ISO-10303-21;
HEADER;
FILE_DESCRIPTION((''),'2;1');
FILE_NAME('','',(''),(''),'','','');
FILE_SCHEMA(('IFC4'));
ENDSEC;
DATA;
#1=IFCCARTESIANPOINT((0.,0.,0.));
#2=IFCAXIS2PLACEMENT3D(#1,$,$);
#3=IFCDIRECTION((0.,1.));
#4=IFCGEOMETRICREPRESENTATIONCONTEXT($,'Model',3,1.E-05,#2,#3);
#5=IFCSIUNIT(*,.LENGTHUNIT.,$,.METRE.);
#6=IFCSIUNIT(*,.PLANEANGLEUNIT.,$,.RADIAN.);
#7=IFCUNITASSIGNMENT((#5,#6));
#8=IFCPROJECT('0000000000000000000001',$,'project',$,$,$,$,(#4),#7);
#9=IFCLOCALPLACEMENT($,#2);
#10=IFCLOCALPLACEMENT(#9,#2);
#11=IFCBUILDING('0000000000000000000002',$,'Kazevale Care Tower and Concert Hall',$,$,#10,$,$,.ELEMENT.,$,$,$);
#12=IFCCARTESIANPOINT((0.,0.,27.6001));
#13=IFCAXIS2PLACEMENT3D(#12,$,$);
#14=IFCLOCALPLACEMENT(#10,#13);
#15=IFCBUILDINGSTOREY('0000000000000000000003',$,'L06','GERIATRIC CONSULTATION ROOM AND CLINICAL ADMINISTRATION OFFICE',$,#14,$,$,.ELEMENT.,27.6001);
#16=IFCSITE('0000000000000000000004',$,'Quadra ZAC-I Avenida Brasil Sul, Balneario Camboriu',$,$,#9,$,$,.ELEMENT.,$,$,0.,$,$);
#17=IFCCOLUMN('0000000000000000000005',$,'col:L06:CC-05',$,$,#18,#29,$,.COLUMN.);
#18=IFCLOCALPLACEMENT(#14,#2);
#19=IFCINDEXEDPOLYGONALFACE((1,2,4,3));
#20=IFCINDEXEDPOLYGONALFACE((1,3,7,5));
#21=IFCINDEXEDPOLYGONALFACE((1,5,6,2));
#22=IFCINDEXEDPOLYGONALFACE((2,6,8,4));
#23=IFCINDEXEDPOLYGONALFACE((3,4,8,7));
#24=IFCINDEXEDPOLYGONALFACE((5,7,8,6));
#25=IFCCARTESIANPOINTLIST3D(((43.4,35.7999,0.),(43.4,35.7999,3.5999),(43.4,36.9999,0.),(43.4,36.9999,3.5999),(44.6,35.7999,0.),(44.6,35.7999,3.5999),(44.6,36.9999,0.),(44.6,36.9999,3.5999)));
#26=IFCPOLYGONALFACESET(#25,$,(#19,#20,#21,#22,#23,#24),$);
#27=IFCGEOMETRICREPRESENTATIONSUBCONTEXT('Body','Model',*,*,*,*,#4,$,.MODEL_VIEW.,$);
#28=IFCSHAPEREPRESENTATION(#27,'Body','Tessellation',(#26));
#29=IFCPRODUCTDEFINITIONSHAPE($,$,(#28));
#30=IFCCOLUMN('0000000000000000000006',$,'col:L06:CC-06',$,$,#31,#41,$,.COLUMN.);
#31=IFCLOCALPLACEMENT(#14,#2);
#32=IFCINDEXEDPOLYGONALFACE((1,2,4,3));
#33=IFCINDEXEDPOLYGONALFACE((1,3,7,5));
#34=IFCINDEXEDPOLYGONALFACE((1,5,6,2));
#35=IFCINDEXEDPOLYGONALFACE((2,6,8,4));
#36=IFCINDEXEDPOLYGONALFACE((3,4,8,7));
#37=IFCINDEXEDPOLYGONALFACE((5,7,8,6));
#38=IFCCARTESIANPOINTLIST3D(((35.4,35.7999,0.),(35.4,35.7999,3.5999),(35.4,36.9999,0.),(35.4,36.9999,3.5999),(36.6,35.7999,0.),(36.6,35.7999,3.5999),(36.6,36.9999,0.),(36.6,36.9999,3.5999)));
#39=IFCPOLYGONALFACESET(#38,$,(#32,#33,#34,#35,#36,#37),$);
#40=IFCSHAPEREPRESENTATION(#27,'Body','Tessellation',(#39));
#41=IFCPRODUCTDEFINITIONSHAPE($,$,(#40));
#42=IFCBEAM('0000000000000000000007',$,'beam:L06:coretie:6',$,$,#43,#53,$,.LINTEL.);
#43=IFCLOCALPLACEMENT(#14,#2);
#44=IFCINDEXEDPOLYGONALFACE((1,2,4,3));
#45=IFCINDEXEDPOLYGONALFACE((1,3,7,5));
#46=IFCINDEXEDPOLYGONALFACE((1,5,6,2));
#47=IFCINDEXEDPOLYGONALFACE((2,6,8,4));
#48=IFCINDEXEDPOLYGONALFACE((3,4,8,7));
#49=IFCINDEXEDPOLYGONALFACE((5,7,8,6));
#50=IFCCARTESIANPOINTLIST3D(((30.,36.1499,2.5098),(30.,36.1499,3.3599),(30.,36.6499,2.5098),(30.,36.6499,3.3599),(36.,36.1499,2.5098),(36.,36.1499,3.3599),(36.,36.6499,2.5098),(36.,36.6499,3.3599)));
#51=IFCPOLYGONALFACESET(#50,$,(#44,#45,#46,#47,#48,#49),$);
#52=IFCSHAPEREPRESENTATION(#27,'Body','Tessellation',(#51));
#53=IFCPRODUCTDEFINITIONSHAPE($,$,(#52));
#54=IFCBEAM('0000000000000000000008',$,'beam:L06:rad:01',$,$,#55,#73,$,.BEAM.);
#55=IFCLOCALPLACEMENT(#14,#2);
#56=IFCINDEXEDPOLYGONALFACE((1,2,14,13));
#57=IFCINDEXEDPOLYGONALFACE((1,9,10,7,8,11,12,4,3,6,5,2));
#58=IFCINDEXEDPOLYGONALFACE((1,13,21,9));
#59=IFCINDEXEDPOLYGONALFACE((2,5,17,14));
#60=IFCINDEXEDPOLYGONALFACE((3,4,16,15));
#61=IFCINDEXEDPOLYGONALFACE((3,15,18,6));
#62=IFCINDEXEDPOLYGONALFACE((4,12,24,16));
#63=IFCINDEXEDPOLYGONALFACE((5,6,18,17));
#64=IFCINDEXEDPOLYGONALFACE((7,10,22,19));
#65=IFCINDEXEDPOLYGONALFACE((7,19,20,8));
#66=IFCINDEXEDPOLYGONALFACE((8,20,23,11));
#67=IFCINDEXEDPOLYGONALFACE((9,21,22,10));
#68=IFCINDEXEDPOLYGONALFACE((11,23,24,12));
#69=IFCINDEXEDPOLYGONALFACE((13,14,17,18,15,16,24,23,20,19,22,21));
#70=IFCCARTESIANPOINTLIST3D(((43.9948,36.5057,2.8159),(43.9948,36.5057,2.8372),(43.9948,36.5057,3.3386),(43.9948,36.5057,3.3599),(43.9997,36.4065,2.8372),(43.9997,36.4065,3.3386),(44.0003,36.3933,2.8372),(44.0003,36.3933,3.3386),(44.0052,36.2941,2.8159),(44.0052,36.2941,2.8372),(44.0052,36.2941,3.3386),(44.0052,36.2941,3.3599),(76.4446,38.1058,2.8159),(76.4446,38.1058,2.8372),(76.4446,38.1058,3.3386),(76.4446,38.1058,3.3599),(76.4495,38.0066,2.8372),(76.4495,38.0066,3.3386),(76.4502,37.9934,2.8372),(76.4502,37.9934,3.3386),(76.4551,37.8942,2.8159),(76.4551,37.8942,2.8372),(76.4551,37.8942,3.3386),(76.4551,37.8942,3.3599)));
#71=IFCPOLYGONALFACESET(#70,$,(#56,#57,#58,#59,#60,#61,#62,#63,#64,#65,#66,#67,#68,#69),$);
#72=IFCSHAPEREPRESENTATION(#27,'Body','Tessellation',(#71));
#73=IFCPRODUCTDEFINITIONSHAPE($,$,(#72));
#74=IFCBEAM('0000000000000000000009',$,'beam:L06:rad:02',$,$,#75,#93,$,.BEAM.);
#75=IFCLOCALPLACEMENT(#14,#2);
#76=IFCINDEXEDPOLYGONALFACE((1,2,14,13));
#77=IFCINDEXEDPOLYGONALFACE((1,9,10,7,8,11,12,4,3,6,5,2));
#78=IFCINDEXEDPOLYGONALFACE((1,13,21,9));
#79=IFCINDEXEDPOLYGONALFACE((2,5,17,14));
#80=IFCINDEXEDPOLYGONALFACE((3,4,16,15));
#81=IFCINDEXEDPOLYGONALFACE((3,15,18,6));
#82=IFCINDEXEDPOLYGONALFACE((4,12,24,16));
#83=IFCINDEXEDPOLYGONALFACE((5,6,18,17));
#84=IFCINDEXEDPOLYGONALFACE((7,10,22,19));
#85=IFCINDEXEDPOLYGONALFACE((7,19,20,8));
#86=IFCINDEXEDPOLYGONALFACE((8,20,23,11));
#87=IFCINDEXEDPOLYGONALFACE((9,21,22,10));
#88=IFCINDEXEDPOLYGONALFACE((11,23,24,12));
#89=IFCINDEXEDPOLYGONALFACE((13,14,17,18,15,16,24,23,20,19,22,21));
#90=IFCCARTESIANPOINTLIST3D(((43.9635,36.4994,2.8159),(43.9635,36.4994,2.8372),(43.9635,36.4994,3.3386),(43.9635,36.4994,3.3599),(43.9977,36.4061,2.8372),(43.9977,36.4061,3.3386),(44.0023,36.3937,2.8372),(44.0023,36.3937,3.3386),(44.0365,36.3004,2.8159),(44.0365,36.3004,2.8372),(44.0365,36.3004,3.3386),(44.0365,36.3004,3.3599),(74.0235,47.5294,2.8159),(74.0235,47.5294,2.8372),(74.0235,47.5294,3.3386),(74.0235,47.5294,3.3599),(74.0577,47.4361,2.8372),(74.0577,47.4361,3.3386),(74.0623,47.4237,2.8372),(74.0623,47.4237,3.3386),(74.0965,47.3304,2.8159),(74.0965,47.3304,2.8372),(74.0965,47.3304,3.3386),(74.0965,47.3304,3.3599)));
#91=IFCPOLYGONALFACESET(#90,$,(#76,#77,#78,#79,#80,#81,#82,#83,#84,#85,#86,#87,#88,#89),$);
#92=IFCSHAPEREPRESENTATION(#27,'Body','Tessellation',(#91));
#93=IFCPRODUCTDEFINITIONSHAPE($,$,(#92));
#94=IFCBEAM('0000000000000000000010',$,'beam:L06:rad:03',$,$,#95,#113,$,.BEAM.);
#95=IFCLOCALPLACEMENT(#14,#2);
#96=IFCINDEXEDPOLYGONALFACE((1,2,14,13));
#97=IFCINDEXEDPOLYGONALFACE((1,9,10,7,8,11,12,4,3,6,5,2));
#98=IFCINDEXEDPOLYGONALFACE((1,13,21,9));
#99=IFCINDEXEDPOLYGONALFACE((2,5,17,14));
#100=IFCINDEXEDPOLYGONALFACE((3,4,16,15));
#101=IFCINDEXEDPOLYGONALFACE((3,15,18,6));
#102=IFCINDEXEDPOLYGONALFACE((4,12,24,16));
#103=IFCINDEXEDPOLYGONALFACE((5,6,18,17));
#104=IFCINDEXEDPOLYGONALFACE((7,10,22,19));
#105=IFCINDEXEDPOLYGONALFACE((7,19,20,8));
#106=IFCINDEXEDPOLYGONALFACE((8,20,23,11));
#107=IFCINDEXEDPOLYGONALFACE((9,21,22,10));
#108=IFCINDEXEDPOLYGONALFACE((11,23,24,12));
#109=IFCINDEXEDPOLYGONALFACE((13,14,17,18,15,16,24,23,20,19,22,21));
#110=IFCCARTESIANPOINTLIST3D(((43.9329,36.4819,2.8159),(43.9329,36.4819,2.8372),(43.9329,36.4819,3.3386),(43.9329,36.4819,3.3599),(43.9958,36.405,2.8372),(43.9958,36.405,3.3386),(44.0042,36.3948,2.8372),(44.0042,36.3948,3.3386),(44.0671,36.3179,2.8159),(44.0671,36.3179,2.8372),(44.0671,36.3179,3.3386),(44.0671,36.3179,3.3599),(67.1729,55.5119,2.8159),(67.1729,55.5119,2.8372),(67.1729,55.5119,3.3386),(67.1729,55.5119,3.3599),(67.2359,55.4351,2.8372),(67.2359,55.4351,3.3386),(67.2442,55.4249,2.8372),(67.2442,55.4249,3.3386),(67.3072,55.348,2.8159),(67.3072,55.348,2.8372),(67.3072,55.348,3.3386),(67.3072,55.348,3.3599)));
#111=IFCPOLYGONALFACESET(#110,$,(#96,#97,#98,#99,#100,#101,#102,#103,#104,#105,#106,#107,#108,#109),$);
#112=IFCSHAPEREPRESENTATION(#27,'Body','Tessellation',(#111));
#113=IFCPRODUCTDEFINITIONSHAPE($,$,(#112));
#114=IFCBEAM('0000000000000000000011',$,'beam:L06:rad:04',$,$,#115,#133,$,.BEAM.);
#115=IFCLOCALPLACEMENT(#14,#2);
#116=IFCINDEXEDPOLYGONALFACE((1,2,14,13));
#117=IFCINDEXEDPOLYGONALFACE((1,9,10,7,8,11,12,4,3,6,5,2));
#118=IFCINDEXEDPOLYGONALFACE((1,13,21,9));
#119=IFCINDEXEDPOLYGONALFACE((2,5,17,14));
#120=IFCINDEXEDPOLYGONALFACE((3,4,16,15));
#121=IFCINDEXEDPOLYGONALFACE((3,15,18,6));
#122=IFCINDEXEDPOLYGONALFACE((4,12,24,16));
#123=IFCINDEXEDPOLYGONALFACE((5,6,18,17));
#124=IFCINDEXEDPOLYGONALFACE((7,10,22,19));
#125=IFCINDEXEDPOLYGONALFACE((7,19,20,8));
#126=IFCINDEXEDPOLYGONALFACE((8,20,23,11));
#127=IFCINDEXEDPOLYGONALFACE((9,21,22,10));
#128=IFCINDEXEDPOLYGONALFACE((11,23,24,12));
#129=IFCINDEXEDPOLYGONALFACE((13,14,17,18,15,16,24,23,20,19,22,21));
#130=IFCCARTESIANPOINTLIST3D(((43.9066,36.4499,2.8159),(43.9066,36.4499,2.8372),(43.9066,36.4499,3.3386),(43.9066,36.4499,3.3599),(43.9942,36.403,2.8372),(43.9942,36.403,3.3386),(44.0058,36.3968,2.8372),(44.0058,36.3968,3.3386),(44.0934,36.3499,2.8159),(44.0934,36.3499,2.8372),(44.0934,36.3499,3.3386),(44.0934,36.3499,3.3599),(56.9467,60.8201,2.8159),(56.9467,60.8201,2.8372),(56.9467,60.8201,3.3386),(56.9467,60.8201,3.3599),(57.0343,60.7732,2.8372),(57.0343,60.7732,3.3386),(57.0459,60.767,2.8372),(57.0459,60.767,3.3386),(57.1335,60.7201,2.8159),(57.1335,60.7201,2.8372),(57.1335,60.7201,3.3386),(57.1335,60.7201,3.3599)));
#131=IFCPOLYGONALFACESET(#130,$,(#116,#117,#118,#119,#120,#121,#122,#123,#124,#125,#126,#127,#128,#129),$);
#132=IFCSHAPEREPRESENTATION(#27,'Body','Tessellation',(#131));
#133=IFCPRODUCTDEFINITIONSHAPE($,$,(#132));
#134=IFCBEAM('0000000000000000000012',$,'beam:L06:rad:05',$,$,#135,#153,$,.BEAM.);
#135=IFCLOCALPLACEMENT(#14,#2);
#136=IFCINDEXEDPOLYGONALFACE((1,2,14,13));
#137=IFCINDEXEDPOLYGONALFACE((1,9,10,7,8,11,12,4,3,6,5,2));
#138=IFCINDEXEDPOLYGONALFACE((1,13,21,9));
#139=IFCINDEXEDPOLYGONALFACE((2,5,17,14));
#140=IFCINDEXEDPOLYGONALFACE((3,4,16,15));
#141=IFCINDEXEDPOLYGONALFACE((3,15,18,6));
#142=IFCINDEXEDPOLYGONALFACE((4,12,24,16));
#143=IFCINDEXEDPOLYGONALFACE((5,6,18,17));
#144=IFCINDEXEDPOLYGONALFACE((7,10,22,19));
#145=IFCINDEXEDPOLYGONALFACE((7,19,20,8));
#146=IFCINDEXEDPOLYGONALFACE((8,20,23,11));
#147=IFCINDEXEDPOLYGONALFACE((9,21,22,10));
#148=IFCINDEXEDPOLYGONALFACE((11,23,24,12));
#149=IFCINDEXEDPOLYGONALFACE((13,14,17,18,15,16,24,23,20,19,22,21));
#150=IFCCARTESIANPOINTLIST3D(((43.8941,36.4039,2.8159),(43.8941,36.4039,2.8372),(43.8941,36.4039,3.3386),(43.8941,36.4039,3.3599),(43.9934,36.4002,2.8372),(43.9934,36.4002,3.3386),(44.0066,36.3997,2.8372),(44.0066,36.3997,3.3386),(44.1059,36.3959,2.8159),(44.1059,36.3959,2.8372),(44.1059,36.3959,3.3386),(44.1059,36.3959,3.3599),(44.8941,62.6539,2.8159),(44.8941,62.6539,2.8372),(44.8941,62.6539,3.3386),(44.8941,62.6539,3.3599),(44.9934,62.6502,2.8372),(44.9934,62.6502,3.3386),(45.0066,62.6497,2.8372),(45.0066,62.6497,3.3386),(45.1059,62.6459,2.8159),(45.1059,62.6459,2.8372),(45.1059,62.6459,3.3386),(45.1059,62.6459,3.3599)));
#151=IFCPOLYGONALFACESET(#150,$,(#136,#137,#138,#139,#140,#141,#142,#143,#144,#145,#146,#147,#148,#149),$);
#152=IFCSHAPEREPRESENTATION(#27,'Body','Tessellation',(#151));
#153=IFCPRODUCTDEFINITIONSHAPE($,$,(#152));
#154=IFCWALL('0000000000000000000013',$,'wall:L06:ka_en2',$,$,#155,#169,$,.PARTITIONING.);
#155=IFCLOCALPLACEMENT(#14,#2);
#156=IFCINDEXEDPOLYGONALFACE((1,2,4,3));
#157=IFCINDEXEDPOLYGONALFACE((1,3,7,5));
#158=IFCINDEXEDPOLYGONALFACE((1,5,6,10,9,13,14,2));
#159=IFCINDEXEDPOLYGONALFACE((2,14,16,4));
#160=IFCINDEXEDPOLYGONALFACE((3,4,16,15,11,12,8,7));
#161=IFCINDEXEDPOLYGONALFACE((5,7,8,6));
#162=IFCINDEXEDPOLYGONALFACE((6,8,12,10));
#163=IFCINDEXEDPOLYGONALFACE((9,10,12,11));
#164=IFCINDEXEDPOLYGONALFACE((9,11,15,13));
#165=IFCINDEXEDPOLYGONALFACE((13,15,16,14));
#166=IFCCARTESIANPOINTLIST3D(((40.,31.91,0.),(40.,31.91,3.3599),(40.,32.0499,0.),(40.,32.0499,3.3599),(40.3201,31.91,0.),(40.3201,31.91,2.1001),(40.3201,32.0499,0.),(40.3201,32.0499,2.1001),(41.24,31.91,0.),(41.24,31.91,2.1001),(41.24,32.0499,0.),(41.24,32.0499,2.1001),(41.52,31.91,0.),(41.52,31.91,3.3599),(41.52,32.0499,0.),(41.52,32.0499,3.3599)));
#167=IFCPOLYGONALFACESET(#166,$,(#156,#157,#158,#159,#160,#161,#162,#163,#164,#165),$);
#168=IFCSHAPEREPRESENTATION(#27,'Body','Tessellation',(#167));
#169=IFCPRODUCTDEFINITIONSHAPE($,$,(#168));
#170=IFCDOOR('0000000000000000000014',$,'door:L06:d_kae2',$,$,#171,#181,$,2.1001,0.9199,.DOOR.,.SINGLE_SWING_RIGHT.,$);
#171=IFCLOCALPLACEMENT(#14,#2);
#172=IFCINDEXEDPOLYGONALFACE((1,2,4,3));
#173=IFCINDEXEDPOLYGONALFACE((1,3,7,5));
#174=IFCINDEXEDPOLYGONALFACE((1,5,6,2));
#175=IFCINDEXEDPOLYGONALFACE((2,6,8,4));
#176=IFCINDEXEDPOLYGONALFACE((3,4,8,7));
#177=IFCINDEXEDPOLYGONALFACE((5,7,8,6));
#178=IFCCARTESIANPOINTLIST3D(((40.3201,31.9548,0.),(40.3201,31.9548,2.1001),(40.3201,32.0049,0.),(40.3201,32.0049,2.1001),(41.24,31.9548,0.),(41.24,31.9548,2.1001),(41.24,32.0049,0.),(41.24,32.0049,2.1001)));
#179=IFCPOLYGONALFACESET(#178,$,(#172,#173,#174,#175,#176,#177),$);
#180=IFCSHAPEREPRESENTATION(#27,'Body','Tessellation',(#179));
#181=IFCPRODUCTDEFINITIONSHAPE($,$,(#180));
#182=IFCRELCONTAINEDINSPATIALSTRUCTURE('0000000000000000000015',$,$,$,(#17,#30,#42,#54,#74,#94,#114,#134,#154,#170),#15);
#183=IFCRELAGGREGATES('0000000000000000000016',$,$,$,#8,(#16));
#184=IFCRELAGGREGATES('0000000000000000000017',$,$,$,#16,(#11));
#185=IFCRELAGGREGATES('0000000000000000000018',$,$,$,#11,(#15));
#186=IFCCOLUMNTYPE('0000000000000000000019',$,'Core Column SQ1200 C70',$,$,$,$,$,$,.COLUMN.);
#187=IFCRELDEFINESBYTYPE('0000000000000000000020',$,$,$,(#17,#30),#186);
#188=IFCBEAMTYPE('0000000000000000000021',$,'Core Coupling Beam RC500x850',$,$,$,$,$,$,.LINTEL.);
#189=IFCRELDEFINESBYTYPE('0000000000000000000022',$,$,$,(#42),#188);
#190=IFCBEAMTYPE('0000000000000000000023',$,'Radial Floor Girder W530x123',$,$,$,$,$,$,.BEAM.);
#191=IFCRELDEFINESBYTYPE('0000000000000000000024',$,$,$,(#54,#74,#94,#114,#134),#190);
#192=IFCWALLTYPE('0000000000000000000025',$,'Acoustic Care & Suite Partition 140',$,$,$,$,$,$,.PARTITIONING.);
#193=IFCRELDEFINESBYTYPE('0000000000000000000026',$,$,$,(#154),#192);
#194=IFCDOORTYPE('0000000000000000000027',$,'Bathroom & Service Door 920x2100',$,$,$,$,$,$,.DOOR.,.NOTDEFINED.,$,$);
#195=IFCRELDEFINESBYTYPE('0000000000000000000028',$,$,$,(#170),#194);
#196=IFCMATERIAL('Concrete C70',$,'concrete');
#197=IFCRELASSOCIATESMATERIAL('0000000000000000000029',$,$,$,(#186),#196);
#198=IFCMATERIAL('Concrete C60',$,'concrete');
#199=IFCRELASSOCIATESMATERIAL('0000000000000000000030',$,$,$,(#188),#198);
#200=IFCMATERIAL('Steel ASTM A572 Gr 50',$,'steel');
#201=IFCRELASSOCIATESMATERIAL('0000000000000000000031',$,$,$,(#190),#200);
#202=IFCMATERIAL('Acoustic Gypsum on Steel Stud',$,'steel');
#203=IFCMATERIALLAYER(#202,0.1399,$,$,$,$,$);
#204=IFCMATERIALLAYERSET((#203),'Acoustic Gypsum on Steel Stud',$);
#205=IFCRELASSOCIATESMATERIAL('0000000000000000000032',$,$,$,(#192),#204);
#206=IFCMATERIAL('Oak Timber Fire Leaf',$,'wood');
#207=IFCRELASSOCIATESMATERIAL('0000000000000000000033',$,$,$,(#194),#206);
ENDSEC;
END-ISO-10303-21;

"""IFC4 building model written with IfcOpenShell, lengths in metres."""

from ifc_helpers import new_model, si_unit, direction, frame, frame_2d, origin, origin_2d, place, context, subcontext, project, spatial, rectangle, i_section, extrude, material, layer, layer_set, material_profile, profile_set, type_object, element, fill, save


model = new_model("IFC4")

# Units and contexts
model_context = context("Model", 3, precision=1e-05, world=origin(), true_north=direction((0.0, 1.0)))
body_context = subcontext(model_context, "Body", "Model", "MODEL_VIEW")
ifc_project = project(units=[si_unit("LENGTHUNIT", "METRE"), si_unit("PLANEANGLEUNIT", "RADIAN")], contexts=[model_context])

# Site, building, storey
site_placement = place(None, origin())
site = spatial("IfcSite", under=ifc_project, at=site_placement, Name="Quadra ZAC-I Avenida Brasil Sul, Balneario Camboriu", CompositionType="ELEMENT", RefElevation=0.0)
building_placement = place(site_placement, origin())
building = spatial("IfcBuilding", under=site, at=building_placement, Name="Kazevale Care Tower and Concert Hall", CompositionType="ELEMENT")
storey_placement = place(building_placement, frame((0.0, 0.0, 27.6001)))
storey = spatial("IfcBuildingStorey", under=building, at=storey_placement, Name="L06", Description="GERIATRIC CONSULTATION ROOM AND CLINICAL ADMINISTRATION OFFICE", CompositionType="ELEMENT", Elevation=27.6001)

# Columns
ifc_material_1 = material(Name="Concrete C70", Category="concrete")
ifc_material_profile_1 = material_profile(ifc_material_1, rectangle(XDim=1.2, YDim=1.2, at=origin_2d()), Name="RC-SQ1200")
ifc_profile_set_1 = profile_set([ifc_material_profile_1], Name="Concrete C70")
column_type = type_object("IfcColumnType", Name="Core Column SQ1200 C70", PredefinedType="COLUMN", material=ifc_profile_set_1)
for number, where, z_axis, x_axis, name in (
    (1, (44.0, 36.3999, 0.0), (0.0, 0.0, 1.0), (1.0, 0.0, 0.0), "col:L06:CC-05"),
    (2, (36.0, 36.3999, 0.0), (0.0, 0.0, 1.0), (1.0, 0.0, 0.0), "col:L06:CC-06"),
):
    element("IfcColumn", number, at=place(storey_placement, frame(where, z_axis=z_axis, x_axis=x_axis)), inside=storey, type_object=column_type, Name=name, PredefinedType="COLUMN", context=body_context, shape_type="SweptSolid", body=[
        extrude(rectangle(XDim=1.2, YDim=1.2, at=origin_2d()), origin(), (0.0, 0.0, 1.0), 3.5999),
    ])

# Beams
ifc_material_2 = material(Name="Concrete C60", Category="concrete")
ifc_material_profile_2 = material_profile(ifc_material_2, rectangle(XDim=0.5, YDim=0.8501, at=origin_2d()), Name="RC-B500x850")
ifc_profile_set_2 = profile_set([ifc_material_profile_2], Name="Concrete C60")
beam_type_1 = type_object("IfcBeamType", Name="Core Coupling Beam RC500x850", PredefinedType="LINTEL", material=ifc_profile_set_2)
beam_1_placement = place(storey_placement, frame((36.0, 36.3999, 2.9348), z_axis=(-1.0, 0.0, 0.0), x_axis=(0.0, -1.0, 0.0)))
element("IfcBeam", 3, at=beam_1_placement, inside=storey, type_object=beam_type_1, Name="beam:L06:coretie:6", PredefinedType="LINTEL", context=body_context, shape_type="SweptSolid", body=[
    extrude(rectangle(XDim=0.5, YDim=0.8501, at=origin_2d()), origin(), (0.0, 0.0, 1.0), 6.0),
])
ifc_material_3 = material(Name="Steel ASTM A572 Gr 50", Category="steel")
ifc_material_profile_3 = material_profile(ifc_material_3, i_section(OverallWidth=0.2119, OverallDepth=0.5439, WebThickness=0.0132, FlangeThickness=0.0212, at=origin_2d()), Name="W530x123")
ifc_profile_set_3 = profile_set([ifc_material_profile_3], Name="Steel ASTM A572 Gr 50")
beam_type_2 = type_object("IfcBeamType", Name="Radial Floor Girder W530x123", PredefinedType="BEAM", material=ifc_profile_set_3)
beam_2_placement = place(storey_placement, frame((44.0, 36.3999, 3.0879), z_axis=(0.998786, 0.04925, 0.0), x_axis=(-0.04925, 0.998786, 0.0)))
element("IfcBeam", 4, at=beam_2_placement, inside=storey, type_object=beam_type_2, Name="beam:L06:rad:01", PredefinedType="BEAM", context=body_context, shape_type="SweptSolid", body=[
    extrude(i_section(OverallWidth=0.2119, OverallDepth=0.5439, WebThickness=0.0132, FlangeThickness=0.0212, at=origin_2d()), origin(), (0.0, 0.0, 1.0), 32.4893),
])
beam_3_placement = place(storey_placement, frame((44.0, 36.3999, 3.0879), z_axis=(0.938795, 0.344475, 0.0), x_axis=(-0.344475, 0.938795, 0.0)))
element("IfcBeam", 5, at=beam_3_placement, inside=storey, type_object=beam_type_2, Name="beam:L06:rad:02", PredefinedType="BEAM", context=body_context, shape_type="SweptSolid", body=[
    extrude(i_section(OverallWidth=0.2119, OverallDepth=0.5439, WebThickness=0.0132, FlangeThickness=0.0212, at=origin_2d()), origin(), (0.0, 0.0, 1.0), 32.0198),
])
beam_4_placement = place(storey_placement, frame((44.0, 36.3999, 3.0879), z_axis=(0.773704, 0.633547, 0.0), x_axis=(-0.633547, 0.773704, 0.0)))
element("IfcBeam", 6, at=beam_4_placement, inside=storey, type_object=beam_type_2, Name="beam:L06:rad:03", PredefinedType="BEAM", context=body_context, shape_type="SweptSolid", body=[
    extrude(i_section(OverallWidth=0.2119, OverallDepth=0.5439, WebThickness=0.0132, FlangeThickness=0.0212, at=origin_2d()), origin(), (0.0, 0.0, 1.0), 30.0374),
])
beam_5_placement = place(storey_placement, frame((44.0, 36.3999, 3.0879), z_axis=(0.471789, 0.881712, 0.0), x_axis=(-0.881712, 0.471789, 0.0)))
element("IfcBeam", 7, at=beam_5_placement, inside=storey, type_object=beam_type_2, Name="beam:L06:rad:04", PredefinedType="BEAM", context=body_context, shape_type="SweptSolid", body=[
    extrude(i_section(OverallWidth=0.2119, OverallDepth=0.5439, WebThickness=0.0132, FlangeThickness=0.0212, at=origin_2d()), origin(), (0.0, 0.0, 1.0), 27.6396),
])
beam_6_placement = place(storey_placement, frame((44.0, 36.3999, 3.0879), z_axis=(0.038068, 0.999275, 0.0), x_axis=(-0.999275, 0.038068, 0.0)))
element("IfcBeam", 8, at=beam_6_placement, inside=storey, type_object=beam_type_2, Name="beam:L06:rad:05", PredefinedType="BEAM", context=body_context, shape_type="SweptSolid", body=[
    extrude(i_section(OverallWidth=0.2119, OverallDepth=0.5439, WebThickness=0.0132, FlangeThickness=0.0212, at=origin_2d()), origin(), (0.0, 0.0, 1.0), 26.269),
])

# Wall, opening, door
ifc_material_4 = material(Name="Acoustic Gypsum on Steel Stud", Category="steel")
ifc_layer_1 = layer(ifc_material_4, 0.1399)
ifc_layer_set_1 = layer_set([ifc_layer_1], Name="Acoustic Gypsum on Steel Stud")
wall_type_1 = type_object("IfcWallType", Name="Acoustic Care & Suite Partition 140", PredefinedType="PARTITIONING", material=ifc_layer_set_1)
wall_1_placement = place(storey_placement, frame((40.0, 31.98, 0.0), z_axis=(0.0, 0.0, 1.0), x_axis=(1.0, 0.0, 0.0)))
wall_1 = element("IfcWall", 9, at=wall_1_placement, inside=storey, type_object=wall_type_1, Name="wall:L06:ka_en2", PredefinedType="PARTITIONING", context=body_context, shape_type="SweptSolid", body=[
    extrude(rectangle(XDim=1.52, YDim=0.1399, at=frame_2d((0.76, 0.0))), origin(), (0.0, 0.0, 1.0), 3.3599),
])
opening_1_placement = place(wall_1_placement, frame((0.3201, 0.0, 0.0)))
opening_1 = element("IfcOpeningElement", 10, at=opening_1_placement, cuts=wall_1, PredefinedType="OPENING", context=body_context, shape_type="SweptSolid", body=[
    extrude(rectangle(XDim=0.9199, YDim=2.1001, at=frame_2d((0.46, 1.05))), frame((0.0, 0.0798, 0.0), z_axis=(0.0, -1.0, 0.0), x_axis=(1.0, 0.0, 0.0)), (0.0, 0.0, 1.0), 0.1599),
])
ifc_material_5 = material(Name="Oak Timber Fire Leaf", Category="wood")
door_type_1 = type_object("IfcDoorType", Name="Bathroom & Service Door 920x2100", OperationType="NOTDEFINED", PredefinedType="DOOR", material=ifc_material_5)
door_1_placement = place(opening_1_placement, origin())
door_1 = element("IfcDoor", 11, at=door_1_placement, inside=storey, type_object=door_type_1, Name="door:L06:d_kae2", OperationType="SINGLE_SWING_RIGHT", OverallHeight=2.1001, OverallWidth=0.9199, PredefinedType="DOOR", context=body_context, shape_type="SweptSolid", body=[
    extrude(rectangle(XDim=0.9199, YDim=2.1001, at=frame_2d((0.46, 1.05))), frame((0.0, 0.0249, 0.0), z_axis=(0.0, -1.0, 0.0), x_axis=(1.0, 0.0, 0.0)), (0.0, 0.0, 1.0), 0.05),
])
fill(opening_1, door_1)

save(model, "model.ifc")
